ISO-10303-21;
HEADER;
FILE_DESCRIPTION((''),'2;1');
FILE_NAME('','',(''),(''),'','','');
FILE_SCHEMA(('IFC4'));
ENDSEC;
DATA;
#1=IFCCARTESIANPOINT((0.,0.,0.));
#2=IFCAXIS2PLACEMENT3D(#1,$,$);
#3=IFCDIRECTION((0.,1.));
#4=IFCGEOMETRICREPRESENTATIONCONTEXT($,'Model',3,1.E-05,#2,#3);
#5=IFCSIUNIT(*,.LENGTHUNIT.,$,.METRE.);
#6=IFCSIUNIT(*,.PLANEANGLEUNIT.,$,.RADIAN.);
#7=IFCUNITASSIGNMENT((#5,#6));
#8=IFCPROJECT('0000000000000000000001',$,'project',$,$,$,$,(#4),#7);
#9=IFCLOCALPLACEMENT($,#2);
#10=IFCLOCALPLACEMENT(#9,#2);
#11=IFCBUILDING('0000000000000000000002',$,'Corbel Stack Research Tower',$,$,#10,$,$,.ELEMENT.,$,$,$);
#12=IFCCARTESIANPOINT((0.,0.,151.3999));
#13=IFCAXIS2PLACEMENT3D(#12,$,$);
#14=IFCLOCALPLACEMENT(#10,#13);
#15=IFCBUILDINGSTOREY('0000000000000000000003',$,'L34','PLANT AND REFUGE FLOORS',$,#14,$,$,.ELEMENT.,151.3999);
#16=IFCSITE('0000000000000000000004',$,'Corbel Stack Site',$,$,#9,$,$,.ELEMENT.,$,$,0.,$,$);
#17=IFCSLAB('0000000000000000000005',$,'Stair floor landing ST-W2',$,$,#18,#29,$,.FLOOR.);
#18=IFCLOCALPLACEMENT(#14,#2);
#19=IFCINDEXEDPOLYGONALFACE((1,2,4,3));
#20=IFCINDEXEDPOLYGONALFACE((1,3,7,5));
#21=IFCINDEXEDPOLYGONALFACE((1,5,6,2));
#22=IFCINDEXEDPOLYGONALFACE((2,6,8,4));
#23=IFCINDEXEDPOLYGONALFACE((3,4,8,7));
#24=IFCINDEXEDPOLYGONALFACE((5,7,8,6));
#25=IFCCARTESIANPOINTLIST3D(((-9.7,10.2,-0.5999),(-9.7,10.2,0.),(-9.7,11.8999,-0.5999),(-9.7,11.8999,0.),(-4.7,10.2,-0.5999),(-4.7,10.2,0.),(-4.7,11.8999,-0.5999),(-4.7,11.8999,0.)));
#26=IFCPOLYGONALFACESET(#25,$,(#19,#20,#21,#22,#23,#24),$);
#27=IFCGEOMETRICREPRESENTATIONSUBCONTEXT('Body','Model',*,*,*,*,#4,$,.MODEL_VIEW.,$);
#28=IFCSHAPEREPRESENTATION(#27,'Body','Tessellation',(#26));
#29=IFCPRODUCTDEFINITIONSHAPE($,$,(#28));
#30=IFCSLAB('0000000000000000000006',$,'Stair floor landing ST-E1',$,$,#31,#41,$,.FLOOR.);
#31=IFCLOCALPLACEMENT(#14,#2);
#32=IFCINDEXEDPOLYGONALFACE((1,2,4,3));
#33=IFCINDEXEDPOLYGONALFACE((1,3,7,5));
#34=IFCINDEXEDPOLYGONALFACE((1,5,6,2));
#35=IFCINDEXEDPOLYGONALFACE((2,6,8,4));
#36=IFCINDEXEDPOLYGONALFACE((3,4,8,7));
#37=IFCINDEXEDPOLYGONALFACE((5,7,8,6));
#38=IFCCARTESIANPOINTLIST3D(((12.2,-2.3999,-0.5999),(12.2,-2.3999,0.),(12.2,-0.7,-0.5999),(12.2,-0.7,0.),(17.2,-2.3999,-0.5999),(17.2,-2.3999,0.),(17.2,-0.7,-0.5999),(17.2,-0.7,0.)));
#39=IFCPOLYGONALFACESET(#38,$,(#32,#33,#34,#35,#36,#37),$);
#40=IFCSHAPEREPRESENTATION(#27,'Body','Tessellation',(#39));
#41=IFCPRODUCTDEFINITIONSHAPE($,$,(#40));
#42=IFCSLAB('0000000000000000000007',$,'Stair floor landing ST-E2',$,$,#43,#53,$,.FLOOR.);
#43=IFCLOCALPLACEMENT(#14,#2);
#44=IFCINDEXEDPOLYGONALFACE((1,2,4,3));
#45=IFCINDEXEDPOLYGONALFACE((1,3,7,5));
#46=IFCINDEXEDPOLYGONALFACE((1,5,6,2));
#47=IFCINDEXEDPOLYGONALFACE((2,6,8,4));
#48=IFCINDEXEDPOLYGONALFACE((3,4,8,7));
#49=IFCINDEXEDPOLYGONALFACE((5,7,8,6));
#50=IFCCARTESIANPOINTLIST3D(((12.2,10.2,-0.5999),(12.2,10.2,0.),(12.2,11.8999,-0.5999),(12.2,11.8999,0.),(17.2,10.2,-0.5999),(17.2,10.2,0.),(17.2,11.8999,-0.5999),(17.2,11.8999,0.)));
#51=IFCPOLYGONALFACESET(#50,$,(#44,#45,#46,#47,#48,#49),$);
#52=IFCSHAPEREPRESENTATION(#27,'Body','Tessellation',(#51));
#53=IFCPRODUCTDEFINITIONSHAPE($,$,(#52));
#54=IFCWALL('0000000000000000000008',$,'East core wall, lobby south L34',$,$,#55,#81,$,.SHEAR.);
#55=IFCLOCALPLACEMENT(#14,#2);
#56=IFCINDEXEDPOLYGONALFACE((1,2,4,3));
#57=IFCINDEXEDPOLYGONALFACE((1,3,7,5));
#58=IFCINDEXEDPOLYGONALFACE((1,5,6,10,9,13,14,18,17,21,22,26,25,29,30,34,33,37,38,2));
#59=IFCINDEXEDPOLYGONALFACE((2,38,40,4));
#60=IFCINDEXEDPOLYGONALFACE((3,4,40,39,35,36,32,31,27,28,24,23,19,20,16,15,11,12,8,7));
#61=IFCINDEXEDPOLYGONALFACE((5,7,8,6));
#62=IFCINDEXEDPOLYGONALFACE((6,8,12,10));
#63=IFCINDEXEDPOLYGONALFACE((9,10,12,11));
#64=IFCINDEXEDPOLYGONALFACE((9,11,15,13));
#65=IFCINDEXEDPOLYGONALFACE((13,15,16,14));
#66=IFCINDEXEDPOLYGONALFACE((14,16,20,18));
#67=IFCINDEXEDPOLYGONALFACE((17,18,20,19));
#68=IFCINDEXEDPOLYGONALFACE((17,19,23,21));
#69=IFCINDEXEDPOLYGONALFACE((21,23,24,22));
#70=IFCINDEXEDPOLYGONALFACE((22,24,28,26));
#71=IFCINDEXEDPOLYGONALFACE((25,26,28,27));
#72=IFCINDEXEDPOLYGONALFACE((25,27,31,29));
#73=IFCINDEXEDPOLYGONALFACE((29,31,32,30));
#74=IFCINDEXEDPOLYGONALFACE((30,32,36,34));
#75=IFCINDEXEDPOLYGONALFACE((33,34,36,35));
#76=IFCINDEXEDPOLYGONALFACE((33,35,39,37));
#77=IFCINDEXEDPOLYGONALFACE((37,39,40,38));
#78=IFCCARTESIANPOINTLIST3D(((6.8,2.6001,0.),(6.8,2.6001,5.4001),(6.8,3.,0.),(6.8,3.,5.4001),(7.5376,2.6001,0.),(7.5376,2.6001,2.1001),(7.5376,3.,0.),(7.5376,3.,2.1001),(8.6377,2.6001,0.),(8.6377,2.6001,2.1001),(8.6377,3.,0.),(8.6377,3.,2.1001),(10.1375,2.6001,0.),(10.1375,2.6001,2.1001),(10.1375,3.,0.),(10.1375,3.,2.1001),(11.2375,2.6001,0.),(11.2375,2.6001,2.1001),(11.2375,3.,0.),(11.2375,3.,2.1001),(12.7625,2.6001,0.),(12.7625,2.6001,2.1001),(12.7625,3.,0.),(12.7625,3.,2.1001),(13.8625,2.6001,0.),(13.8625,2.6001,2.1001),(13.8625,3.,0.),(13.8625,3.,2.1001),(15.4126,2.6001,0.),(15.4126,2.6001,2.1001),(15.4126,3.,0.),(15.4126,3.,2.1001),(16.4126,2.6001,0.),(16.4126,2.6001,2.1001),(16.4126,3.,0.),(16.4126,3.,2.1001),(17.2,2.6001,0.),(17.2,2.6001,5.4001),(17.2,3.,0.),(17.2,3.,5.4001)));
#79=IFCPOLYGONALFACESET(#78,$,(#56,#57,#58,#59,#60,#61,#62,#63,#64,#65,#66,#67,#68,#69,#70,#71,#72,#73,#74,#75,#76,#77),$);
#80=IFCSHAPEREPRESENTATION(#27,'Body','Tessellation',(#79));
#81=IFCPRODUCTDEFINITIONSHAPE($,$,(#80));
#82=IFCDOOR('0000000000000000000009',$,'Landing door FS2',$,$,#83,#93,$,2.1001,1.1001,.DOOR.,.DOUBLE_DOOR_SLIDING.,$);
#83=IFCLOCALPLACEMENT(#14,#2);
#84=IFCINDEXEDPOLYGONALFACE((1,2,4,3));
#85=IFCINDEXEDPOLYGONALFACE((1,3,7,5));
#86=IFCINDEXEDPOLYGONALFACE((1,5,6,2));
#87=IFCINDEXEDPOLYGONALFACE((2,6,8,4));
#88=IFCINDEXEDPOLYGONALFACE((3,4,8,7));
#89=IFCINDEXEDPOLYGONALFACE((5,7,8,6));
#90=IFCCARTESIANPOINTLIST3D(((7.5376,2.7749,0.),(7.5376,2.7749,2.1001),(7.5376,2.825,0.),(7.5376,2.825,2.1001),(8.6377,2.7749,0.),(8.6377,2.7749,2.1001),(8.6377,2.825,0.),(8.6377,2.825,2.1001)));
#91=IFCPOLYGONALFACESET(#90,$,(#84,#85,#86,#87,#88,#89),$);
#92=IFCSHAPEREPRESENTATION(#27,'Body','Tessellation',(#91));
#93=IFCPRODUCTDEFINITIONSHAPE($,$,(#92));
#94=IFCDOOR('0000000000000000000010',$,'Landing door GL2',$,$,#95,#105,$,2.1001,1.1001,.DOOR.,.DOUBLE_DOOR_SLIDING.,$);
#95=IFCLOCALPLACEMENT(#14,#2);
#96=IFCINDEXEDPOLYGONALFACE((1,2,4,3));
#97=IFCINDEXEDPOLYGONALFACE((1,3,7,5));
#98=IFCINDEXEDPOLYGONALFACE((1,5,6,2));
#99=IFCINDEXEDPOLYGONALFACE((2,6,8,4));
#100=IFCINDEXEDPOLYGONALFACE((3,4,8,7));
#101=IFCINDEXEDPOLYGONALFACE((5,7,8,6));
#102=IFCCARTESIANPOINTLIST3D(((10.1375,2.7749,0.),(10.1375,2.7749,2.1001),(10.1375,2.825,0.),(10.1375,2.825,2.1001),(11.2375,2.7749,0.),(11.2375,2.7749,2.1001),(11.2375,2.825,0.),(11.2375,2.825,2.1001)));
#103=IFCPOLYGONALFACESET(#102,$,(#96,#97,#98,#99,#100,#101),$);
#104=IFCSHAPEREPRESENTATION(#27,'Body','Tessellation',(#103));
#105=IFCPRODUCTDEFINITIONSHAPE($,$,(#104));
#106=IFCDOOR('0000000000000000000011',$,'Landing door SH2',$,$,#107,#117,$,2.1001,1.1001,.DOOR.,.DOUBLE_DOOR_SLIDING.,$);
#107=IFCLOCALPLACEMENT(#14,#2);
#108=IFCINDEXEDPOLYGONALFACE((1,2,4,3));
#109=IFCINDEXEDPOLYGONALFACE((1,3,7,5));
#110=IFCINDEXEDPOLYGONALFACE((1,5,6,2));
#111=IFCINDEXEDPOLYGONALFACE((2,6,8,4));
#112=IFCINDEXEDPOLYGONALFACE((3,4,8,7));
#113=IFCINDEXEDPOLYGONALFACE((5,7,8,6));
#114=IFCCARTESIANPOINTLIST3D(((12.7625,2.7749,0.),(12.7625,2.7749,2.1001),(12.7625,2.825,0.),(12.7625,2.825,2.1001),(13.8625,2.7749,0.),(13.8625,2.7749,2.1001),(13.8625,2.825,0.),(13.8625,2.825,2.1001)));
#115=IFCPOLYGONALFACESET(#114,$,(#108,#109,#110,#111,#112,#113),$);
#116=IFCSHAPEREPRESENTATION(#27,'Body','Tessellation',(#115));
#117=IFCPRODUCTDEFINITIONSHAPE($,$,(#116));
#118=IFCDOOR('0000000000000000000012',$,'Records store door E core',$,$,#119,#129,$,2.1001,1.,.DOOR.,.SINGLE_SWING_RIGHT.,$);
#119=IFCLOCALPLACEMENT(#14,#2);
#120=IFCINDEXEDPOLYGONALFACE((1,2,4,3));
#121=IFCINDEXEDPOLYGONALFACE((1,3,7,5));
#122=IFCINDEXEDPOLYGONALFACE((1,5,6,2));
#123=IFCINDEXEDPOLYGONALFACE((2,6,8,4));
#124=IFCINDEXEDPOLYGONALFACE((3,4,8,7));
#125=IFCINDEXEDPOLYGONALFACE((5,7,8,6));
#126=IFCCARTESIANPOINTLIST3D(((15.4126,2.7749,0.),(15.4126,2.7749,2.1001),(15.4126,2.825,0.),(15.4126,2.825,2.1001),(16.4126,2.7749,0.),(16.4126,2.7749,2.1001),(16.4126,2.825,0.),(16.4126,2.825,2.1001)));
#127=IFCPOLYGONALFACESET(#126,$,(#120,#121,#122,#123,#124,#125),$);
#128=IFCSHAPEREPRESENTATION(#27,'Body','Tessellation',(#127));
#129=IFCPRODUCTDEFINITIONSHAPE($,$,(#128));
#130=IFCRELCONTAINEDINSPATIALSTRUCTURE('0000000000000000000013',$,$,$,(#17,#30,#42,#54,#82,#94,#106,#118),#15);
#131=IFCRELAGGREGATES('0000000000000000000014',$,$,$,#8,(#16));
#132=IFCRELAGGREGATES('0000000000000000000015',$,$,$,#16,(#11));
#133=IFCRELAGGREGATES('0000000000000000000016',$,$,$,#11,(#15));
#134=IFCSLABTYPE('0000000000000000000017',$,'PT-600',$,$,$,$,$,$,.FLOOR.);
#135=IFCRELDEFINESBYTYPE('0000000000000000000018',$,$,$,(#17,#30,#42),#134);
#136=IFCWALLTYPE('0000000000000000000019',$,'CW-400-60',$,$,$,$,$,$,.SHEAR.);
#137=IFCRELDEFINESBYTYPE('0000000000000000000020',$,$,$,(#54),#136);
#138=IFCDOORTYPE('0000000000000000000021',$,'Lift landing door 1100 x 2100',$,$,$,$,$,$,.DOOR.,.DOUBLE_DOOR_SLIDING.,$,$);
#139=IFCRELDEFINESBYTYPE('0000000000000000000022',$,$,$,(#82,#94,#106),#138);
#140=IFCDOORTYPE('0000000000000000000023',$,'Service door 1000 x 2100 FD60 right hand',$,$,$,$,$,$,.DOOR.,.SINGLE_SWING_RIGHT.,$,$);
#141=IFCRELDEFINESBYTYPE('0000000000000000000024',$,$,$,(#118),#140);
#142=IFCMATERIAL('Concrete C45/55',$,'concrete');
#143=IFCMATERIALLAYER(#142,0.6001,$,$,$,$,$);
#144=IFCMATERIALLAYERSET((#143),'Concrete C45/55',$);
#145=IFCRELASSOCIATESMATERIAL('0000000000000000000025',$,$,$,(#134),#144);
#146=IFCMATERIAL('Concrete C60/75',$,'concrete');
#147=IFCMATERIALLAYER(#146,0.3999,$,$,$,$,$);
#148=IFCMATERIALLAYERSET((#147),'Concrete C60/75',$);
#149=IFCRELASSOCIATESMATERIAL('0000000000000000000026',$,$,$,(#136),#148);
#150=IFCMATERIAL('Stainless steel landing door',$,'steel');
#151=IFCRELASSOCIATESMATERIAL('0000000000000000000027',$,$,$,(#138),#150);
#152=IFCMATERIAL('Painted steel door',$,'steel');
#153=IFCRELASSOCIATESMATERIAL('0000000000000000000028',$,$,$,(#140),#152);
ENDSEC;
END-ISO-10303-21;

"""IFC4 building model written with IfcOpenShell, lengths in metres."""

from ifc_helpers import new_model, si_unit, direction, frame, frame_2d, origin, place, context, subcontext, project, spatial, polyline, rectangle, outline, extrude, material, layer, layer_set, type_object, element, fill, save


model = new_model("IFC4")

# Units and contexts
model_context = context("Model", 3, precision=1e-05, world=origin(), true_north=direction((0.0, 1.0)))
body_context = subcontext(model_context, "Body", "Model", "MODEL_VIEW")
ifc_project = project(units=[si_unit("LENGTHUNIT", "METRE"), si_unit("PLANEANGLEUNIT", "RADIAN")], contexts=[model_context])

# Site, building, storey
site_placement = place(None, origin())
site = spatial("IfcSite", under=ifc_project, at=site_placement, Name="Corbel Stack Site", CompositionType="ELEMENT", RefElevation=0.0)
building_placement = place(site_placement, origin())
building = spatial("IfcBuilding", under=site, at=building_placement, Name="Corbel Stack Research Tower", CompositionType="ELEMENT")
storey_placement = place(building_placement, frame((0.0, 0.0, 151.3999)))
storey = spatial("IfcBuildingStorey", under=building, at=storey_placement, Name="L34", Description="PLANT AND REFUGE FLOORS", CompositionType="ELEMENT", Elevation=151.3999)

# Slabs
ifc_material_1 = material(Name="Concrete C45/55", Category="concrete")
ifc_layer_1 = layer(ifc_material_1, 0.6001)
ifc_layer_set_1 = layer_set([ifc_layer_1], Name="Concrete C45/55")
slab_type = type_object("IfcSlabType", Name="PT-600", PredefinedType="FLOOR", material=ifc_layer_set_1)
slab_1_placement = place(storey_placement, frame((0.0, 0.0, -0.5999)))
element("IfcSlab", 1, at=slab_1_placement, inside=storey, type_object=slab_type, Name="Stair floor landing ST-W2", PredefinedType="FLOOR", context=body_context, shape_type="SweptSolid", body=[
    extrude(outline(polyline([(-9.7, 10.2), (-4.7, 10.2), (-4.7, 11.8999), (-9.7, 11.8999), (-9.7, 10.2)])), origin(), (0.0, 0.0, 1.0), 0.5999),
])
slab_2_placement = place(storey_placement, frame((0.0, 0.0, -0.5999)))
element("IfcSlab", 2, at=slab_2_placement, inside=storey, type_object=slab_type, Name="Stair floor landing ST-E1", PredefinedType="FLOOR", context=body_context, shape_type="SweptSolid", body=[
    extrude(outline(polyline([(12.2, -2.3999), (17.2, -2.3999), (17.2, -0.7), (12.2, -0.7), (12.2, -2.3999)])), origin(), (0.0, 0.0, 1.0), 0.5999),
])
slab_3_placement = place(storey_placement, frame((0.0, 0.0, -0.5999)))
element("IfcSlab", 3, at=slab_3_placement, inside=storey, type_object=slab_type, Name="Stair floor landing ST-E2", PredefinedType="FLOOR", context=body_context, shape_type="SweptSolid", body=[
    extrude(outline(polyline([(12.2, 10.2), (17.2, 10.2), (17.2, 11.8999), (12.2, 11.8999), (12.2, 10.2)])), origin(), (0.0, 0.0, 1.0), 0.5999),
])

# Wall, openings, doors
ifc_material_2 = material(Name="Concrete C60/75", Category="concrete")
ifc_layer_2 = layer(ifc_material_2, 0.3999)
ifc_layer_set_2 = layer_set([ifc_layer_2], Name="Concrete C60/75")
wall_type_1 = type_object("IfcWallType", Name="CW-400-60", PredefinedType="SHEAR", material=ifc_layer_set_2)
wall_1_placement = place(storey_placement, frame((6.8, 2.8, 0.0), z_axis=(0.0, 0.0, 1.0), x_axis=(1.0, 0.0, 0.0)))
wall_1 = element("IfcWall", 4, at=wall_1_placement, inside=storey, type_object=wall_type_1, Name="East core wall, lobby south L34", PredefinedType="SHEAR", context=body_context, shape_type="SweptSolid", body=[
    extrude(rectangle(XDim=10.3999, YDim=0.3999, at=frame_2d((5.2, 0.0))), origin(), (0.0, 0.0, 1.0), 5.4001),
])
opening_1_placement = place(wall_1_placement, frame((0.7375, 0.0, 0.0)))
opening_1 = element("IfcOpeningElement", 5, at=opening_1_placement, cuts=wall_1, PredefinedType="OPENING", context=body_context, shape_type="SweptSolid", body=[
    extrude(rectangle(XDim=1.1001, YDim=2.1001, at=frame_2d((0.55, 1.05))), frame((0.0, 0.21, 0.0), z_axis=(0.0, -1.0, 0.0), x_axis=(1.0, 0.0, 0.0)), (0.0, 0.0, 1.0), 0.4199),
])
opening_2_placement = place(wall_1_placement, frame((3.3374, 0.0, 0.0)))
opening_2 = element("IfcOpeningElement", 6, at=opening_2_placement, cuts=wall_1, PredefinedType="OPENING", context=body_context, shape_type="SweptSolid", body=[
    extrude(rectangle(XDim=1.1001, YDim=2.1001, at=frame_2d((0.55, 1.05))), frame((0.0, 0.21, 0.0), z_axis=(0.0, -1.0, 0.0), x_axis=(1.0, 0.0, 0.0)), (0.0, 0.0, 1.0), 0.4199),
])
opening_3_placement = place(wall_1_placement, frame((5.9624, 0.0, 0.0)))
opening_3 = element("IfcOpeningElement", 7, at=opening_3_placement, cuts=wall_1, PredefinedType="OPENING", context=body_context, shape_type="SweptSolid", body=[
    extrude(rectangle(XDim=1.1001, YDim=2.1001, at=frame_2d((0.55, 1.05))), frame((0.0, 0.21, 0.0), z_axis=(0.0, -1.0, 0.0), x_axis=(1.0, 0.0, 0.0)), (0.0, 0.0, 1.0), 0.4199),
])
opening_4_placement = place(wall_1_placement, frame((8.6125, 0.0, 0.0)))
opening_4 = element("IfcOpeningElement", 8, at=opening_4_placement, cuts=wall_1, PredefinedType="OPENING", context=body_context, shape_type="SweptSolid", body=[
    extrude(rectangle(XDim=1.0, YDim=2.1001, at=frame_2d((0.5, 1.05))), frame((0.0, 0.21, 0.0), z_axis=(0.0, -1.0, 0.0), x_axis=(1.0, 0.0, 0.0)), (0.0, 0.0, 1.0), 0.4199),
])
ifc_material_3 = material(Name="Stainless steel landing door", Category="steel")
door_type_1 = type_object("IfcDoorType", Name="Lift landing door 1100 x 2100", OperationType="DOUBLE_DOOR_SLIDING", PredefinedType="DOOR", material=ifc_material_3)
door_1_placement = place(opening_1_placement, origin())
door_1 = element("IfcDoor", 9, at=door_1_placement, inside=storey, type_object=door_type_1, Name="Landing door FS2", OperationType="DOUBLE_DOOR_SLIDING", OverallHeight=2.1001, OverallWidth=1.1001, PredefinedType="DOOR", context=body_context, shape_type="SweptSolid", body=[
    extrude(rectangle(XDim=1.1001, YDim=2.1001, at=frame_2d((0.55, 1.05))), frame((0.0, 0.0249, 0.0), z_axis=(0.0, -1.0, 0.0), x_axis=(1.0, 0.0, 0.0)), (0.0, 0.0, 1.0), 0.05),
])
fill(opening_1, door_1)
door_2_placement = place(opening_2_placement, origin())
door_2 = element("IfcDoor", 10, at=door_2_placement, inside=storey, type_object=door_type_1, Name="Landing door GL2", OperationType="DOUBLE_DOOR_SLIDING", OverallHeight=2.1001, OverallWidth=1.1001, PredefinedType="DOOR", context=body_context, shape_type="SweptSolid", body=[
    extrude(rectangle(XDim=1.1001, YDim=2.1001, at=frame_2d((0.55, 1.05))), frame((0.0, 0.0249, 0.0), z_axis=(0.0, -1.0, 0.0), x_axis=(1.0, 0.0, 0.0)), (0.0, 0.0, 1.0), 0.05),
])
fill(opening_2, door_2)
door_3_placement = place(opening_3_placement, origin())
door_3 = element("IfcDoor", 11, at=door_3_placement, inside=storey, type_object=door_type_1, Name="Landing door SH2", OperationType="DOUBLE_DOOR_SLIDING", OverallHeight=2.1001, OverallWidth=1.1001, PredefinedType="DOOR", context=body_context, shape_type="SweptSolid", body=[
    extrude(rectangle(XDim=1.1001, YDim=2.1001, at=frame_2d((0.55, 1.05))), frame((0.0, 0.0249, 0.0), z_axis=(0.0, -1.0, 0.0), x_axis=(1.0, 0.0, 0.0)), (0.0, 0.0, 1.0), 0.05),
])
fill(opening_3, door_3)
ifc_material_4 = material(Name="Painted steel door", Category="steel")
door_type_2 = type_object("IfcDoorType", Name="Service door 1000 x 2100 FD60 right hand", OperationType="SINGLE_SWING_RIGHT", PredefinedType="DOOR", material=ifc_material_4)
door_4_placement = place(opening_4_placement, origin())
door_4 = element("IfcDoor", 12, at=door_4_placement, inside=storey, type_object=door_type_2, Name="Records store door E core", OperationType="SINGLE_SWING_RIGHT", OverallHeight=2.1001, OverallWidth=1.0, PredefinedType="DOOR", context=body_context, shape_type="SweptSolid", body=[
    extrude(rectangle(XDim=1.0, YDim=2.1001, at=frame_2d((0.5, 1.05))), frame((0.0, 0.0249, 0.0), z_axis=(0.0, -1.0, 0.0), x_axis=(1.0, 0.0, 0.0)), (0.0, 0.0, 1.0), 0.05),
])
fill(opening_4, door_4)

save(model, "model.ifc")
